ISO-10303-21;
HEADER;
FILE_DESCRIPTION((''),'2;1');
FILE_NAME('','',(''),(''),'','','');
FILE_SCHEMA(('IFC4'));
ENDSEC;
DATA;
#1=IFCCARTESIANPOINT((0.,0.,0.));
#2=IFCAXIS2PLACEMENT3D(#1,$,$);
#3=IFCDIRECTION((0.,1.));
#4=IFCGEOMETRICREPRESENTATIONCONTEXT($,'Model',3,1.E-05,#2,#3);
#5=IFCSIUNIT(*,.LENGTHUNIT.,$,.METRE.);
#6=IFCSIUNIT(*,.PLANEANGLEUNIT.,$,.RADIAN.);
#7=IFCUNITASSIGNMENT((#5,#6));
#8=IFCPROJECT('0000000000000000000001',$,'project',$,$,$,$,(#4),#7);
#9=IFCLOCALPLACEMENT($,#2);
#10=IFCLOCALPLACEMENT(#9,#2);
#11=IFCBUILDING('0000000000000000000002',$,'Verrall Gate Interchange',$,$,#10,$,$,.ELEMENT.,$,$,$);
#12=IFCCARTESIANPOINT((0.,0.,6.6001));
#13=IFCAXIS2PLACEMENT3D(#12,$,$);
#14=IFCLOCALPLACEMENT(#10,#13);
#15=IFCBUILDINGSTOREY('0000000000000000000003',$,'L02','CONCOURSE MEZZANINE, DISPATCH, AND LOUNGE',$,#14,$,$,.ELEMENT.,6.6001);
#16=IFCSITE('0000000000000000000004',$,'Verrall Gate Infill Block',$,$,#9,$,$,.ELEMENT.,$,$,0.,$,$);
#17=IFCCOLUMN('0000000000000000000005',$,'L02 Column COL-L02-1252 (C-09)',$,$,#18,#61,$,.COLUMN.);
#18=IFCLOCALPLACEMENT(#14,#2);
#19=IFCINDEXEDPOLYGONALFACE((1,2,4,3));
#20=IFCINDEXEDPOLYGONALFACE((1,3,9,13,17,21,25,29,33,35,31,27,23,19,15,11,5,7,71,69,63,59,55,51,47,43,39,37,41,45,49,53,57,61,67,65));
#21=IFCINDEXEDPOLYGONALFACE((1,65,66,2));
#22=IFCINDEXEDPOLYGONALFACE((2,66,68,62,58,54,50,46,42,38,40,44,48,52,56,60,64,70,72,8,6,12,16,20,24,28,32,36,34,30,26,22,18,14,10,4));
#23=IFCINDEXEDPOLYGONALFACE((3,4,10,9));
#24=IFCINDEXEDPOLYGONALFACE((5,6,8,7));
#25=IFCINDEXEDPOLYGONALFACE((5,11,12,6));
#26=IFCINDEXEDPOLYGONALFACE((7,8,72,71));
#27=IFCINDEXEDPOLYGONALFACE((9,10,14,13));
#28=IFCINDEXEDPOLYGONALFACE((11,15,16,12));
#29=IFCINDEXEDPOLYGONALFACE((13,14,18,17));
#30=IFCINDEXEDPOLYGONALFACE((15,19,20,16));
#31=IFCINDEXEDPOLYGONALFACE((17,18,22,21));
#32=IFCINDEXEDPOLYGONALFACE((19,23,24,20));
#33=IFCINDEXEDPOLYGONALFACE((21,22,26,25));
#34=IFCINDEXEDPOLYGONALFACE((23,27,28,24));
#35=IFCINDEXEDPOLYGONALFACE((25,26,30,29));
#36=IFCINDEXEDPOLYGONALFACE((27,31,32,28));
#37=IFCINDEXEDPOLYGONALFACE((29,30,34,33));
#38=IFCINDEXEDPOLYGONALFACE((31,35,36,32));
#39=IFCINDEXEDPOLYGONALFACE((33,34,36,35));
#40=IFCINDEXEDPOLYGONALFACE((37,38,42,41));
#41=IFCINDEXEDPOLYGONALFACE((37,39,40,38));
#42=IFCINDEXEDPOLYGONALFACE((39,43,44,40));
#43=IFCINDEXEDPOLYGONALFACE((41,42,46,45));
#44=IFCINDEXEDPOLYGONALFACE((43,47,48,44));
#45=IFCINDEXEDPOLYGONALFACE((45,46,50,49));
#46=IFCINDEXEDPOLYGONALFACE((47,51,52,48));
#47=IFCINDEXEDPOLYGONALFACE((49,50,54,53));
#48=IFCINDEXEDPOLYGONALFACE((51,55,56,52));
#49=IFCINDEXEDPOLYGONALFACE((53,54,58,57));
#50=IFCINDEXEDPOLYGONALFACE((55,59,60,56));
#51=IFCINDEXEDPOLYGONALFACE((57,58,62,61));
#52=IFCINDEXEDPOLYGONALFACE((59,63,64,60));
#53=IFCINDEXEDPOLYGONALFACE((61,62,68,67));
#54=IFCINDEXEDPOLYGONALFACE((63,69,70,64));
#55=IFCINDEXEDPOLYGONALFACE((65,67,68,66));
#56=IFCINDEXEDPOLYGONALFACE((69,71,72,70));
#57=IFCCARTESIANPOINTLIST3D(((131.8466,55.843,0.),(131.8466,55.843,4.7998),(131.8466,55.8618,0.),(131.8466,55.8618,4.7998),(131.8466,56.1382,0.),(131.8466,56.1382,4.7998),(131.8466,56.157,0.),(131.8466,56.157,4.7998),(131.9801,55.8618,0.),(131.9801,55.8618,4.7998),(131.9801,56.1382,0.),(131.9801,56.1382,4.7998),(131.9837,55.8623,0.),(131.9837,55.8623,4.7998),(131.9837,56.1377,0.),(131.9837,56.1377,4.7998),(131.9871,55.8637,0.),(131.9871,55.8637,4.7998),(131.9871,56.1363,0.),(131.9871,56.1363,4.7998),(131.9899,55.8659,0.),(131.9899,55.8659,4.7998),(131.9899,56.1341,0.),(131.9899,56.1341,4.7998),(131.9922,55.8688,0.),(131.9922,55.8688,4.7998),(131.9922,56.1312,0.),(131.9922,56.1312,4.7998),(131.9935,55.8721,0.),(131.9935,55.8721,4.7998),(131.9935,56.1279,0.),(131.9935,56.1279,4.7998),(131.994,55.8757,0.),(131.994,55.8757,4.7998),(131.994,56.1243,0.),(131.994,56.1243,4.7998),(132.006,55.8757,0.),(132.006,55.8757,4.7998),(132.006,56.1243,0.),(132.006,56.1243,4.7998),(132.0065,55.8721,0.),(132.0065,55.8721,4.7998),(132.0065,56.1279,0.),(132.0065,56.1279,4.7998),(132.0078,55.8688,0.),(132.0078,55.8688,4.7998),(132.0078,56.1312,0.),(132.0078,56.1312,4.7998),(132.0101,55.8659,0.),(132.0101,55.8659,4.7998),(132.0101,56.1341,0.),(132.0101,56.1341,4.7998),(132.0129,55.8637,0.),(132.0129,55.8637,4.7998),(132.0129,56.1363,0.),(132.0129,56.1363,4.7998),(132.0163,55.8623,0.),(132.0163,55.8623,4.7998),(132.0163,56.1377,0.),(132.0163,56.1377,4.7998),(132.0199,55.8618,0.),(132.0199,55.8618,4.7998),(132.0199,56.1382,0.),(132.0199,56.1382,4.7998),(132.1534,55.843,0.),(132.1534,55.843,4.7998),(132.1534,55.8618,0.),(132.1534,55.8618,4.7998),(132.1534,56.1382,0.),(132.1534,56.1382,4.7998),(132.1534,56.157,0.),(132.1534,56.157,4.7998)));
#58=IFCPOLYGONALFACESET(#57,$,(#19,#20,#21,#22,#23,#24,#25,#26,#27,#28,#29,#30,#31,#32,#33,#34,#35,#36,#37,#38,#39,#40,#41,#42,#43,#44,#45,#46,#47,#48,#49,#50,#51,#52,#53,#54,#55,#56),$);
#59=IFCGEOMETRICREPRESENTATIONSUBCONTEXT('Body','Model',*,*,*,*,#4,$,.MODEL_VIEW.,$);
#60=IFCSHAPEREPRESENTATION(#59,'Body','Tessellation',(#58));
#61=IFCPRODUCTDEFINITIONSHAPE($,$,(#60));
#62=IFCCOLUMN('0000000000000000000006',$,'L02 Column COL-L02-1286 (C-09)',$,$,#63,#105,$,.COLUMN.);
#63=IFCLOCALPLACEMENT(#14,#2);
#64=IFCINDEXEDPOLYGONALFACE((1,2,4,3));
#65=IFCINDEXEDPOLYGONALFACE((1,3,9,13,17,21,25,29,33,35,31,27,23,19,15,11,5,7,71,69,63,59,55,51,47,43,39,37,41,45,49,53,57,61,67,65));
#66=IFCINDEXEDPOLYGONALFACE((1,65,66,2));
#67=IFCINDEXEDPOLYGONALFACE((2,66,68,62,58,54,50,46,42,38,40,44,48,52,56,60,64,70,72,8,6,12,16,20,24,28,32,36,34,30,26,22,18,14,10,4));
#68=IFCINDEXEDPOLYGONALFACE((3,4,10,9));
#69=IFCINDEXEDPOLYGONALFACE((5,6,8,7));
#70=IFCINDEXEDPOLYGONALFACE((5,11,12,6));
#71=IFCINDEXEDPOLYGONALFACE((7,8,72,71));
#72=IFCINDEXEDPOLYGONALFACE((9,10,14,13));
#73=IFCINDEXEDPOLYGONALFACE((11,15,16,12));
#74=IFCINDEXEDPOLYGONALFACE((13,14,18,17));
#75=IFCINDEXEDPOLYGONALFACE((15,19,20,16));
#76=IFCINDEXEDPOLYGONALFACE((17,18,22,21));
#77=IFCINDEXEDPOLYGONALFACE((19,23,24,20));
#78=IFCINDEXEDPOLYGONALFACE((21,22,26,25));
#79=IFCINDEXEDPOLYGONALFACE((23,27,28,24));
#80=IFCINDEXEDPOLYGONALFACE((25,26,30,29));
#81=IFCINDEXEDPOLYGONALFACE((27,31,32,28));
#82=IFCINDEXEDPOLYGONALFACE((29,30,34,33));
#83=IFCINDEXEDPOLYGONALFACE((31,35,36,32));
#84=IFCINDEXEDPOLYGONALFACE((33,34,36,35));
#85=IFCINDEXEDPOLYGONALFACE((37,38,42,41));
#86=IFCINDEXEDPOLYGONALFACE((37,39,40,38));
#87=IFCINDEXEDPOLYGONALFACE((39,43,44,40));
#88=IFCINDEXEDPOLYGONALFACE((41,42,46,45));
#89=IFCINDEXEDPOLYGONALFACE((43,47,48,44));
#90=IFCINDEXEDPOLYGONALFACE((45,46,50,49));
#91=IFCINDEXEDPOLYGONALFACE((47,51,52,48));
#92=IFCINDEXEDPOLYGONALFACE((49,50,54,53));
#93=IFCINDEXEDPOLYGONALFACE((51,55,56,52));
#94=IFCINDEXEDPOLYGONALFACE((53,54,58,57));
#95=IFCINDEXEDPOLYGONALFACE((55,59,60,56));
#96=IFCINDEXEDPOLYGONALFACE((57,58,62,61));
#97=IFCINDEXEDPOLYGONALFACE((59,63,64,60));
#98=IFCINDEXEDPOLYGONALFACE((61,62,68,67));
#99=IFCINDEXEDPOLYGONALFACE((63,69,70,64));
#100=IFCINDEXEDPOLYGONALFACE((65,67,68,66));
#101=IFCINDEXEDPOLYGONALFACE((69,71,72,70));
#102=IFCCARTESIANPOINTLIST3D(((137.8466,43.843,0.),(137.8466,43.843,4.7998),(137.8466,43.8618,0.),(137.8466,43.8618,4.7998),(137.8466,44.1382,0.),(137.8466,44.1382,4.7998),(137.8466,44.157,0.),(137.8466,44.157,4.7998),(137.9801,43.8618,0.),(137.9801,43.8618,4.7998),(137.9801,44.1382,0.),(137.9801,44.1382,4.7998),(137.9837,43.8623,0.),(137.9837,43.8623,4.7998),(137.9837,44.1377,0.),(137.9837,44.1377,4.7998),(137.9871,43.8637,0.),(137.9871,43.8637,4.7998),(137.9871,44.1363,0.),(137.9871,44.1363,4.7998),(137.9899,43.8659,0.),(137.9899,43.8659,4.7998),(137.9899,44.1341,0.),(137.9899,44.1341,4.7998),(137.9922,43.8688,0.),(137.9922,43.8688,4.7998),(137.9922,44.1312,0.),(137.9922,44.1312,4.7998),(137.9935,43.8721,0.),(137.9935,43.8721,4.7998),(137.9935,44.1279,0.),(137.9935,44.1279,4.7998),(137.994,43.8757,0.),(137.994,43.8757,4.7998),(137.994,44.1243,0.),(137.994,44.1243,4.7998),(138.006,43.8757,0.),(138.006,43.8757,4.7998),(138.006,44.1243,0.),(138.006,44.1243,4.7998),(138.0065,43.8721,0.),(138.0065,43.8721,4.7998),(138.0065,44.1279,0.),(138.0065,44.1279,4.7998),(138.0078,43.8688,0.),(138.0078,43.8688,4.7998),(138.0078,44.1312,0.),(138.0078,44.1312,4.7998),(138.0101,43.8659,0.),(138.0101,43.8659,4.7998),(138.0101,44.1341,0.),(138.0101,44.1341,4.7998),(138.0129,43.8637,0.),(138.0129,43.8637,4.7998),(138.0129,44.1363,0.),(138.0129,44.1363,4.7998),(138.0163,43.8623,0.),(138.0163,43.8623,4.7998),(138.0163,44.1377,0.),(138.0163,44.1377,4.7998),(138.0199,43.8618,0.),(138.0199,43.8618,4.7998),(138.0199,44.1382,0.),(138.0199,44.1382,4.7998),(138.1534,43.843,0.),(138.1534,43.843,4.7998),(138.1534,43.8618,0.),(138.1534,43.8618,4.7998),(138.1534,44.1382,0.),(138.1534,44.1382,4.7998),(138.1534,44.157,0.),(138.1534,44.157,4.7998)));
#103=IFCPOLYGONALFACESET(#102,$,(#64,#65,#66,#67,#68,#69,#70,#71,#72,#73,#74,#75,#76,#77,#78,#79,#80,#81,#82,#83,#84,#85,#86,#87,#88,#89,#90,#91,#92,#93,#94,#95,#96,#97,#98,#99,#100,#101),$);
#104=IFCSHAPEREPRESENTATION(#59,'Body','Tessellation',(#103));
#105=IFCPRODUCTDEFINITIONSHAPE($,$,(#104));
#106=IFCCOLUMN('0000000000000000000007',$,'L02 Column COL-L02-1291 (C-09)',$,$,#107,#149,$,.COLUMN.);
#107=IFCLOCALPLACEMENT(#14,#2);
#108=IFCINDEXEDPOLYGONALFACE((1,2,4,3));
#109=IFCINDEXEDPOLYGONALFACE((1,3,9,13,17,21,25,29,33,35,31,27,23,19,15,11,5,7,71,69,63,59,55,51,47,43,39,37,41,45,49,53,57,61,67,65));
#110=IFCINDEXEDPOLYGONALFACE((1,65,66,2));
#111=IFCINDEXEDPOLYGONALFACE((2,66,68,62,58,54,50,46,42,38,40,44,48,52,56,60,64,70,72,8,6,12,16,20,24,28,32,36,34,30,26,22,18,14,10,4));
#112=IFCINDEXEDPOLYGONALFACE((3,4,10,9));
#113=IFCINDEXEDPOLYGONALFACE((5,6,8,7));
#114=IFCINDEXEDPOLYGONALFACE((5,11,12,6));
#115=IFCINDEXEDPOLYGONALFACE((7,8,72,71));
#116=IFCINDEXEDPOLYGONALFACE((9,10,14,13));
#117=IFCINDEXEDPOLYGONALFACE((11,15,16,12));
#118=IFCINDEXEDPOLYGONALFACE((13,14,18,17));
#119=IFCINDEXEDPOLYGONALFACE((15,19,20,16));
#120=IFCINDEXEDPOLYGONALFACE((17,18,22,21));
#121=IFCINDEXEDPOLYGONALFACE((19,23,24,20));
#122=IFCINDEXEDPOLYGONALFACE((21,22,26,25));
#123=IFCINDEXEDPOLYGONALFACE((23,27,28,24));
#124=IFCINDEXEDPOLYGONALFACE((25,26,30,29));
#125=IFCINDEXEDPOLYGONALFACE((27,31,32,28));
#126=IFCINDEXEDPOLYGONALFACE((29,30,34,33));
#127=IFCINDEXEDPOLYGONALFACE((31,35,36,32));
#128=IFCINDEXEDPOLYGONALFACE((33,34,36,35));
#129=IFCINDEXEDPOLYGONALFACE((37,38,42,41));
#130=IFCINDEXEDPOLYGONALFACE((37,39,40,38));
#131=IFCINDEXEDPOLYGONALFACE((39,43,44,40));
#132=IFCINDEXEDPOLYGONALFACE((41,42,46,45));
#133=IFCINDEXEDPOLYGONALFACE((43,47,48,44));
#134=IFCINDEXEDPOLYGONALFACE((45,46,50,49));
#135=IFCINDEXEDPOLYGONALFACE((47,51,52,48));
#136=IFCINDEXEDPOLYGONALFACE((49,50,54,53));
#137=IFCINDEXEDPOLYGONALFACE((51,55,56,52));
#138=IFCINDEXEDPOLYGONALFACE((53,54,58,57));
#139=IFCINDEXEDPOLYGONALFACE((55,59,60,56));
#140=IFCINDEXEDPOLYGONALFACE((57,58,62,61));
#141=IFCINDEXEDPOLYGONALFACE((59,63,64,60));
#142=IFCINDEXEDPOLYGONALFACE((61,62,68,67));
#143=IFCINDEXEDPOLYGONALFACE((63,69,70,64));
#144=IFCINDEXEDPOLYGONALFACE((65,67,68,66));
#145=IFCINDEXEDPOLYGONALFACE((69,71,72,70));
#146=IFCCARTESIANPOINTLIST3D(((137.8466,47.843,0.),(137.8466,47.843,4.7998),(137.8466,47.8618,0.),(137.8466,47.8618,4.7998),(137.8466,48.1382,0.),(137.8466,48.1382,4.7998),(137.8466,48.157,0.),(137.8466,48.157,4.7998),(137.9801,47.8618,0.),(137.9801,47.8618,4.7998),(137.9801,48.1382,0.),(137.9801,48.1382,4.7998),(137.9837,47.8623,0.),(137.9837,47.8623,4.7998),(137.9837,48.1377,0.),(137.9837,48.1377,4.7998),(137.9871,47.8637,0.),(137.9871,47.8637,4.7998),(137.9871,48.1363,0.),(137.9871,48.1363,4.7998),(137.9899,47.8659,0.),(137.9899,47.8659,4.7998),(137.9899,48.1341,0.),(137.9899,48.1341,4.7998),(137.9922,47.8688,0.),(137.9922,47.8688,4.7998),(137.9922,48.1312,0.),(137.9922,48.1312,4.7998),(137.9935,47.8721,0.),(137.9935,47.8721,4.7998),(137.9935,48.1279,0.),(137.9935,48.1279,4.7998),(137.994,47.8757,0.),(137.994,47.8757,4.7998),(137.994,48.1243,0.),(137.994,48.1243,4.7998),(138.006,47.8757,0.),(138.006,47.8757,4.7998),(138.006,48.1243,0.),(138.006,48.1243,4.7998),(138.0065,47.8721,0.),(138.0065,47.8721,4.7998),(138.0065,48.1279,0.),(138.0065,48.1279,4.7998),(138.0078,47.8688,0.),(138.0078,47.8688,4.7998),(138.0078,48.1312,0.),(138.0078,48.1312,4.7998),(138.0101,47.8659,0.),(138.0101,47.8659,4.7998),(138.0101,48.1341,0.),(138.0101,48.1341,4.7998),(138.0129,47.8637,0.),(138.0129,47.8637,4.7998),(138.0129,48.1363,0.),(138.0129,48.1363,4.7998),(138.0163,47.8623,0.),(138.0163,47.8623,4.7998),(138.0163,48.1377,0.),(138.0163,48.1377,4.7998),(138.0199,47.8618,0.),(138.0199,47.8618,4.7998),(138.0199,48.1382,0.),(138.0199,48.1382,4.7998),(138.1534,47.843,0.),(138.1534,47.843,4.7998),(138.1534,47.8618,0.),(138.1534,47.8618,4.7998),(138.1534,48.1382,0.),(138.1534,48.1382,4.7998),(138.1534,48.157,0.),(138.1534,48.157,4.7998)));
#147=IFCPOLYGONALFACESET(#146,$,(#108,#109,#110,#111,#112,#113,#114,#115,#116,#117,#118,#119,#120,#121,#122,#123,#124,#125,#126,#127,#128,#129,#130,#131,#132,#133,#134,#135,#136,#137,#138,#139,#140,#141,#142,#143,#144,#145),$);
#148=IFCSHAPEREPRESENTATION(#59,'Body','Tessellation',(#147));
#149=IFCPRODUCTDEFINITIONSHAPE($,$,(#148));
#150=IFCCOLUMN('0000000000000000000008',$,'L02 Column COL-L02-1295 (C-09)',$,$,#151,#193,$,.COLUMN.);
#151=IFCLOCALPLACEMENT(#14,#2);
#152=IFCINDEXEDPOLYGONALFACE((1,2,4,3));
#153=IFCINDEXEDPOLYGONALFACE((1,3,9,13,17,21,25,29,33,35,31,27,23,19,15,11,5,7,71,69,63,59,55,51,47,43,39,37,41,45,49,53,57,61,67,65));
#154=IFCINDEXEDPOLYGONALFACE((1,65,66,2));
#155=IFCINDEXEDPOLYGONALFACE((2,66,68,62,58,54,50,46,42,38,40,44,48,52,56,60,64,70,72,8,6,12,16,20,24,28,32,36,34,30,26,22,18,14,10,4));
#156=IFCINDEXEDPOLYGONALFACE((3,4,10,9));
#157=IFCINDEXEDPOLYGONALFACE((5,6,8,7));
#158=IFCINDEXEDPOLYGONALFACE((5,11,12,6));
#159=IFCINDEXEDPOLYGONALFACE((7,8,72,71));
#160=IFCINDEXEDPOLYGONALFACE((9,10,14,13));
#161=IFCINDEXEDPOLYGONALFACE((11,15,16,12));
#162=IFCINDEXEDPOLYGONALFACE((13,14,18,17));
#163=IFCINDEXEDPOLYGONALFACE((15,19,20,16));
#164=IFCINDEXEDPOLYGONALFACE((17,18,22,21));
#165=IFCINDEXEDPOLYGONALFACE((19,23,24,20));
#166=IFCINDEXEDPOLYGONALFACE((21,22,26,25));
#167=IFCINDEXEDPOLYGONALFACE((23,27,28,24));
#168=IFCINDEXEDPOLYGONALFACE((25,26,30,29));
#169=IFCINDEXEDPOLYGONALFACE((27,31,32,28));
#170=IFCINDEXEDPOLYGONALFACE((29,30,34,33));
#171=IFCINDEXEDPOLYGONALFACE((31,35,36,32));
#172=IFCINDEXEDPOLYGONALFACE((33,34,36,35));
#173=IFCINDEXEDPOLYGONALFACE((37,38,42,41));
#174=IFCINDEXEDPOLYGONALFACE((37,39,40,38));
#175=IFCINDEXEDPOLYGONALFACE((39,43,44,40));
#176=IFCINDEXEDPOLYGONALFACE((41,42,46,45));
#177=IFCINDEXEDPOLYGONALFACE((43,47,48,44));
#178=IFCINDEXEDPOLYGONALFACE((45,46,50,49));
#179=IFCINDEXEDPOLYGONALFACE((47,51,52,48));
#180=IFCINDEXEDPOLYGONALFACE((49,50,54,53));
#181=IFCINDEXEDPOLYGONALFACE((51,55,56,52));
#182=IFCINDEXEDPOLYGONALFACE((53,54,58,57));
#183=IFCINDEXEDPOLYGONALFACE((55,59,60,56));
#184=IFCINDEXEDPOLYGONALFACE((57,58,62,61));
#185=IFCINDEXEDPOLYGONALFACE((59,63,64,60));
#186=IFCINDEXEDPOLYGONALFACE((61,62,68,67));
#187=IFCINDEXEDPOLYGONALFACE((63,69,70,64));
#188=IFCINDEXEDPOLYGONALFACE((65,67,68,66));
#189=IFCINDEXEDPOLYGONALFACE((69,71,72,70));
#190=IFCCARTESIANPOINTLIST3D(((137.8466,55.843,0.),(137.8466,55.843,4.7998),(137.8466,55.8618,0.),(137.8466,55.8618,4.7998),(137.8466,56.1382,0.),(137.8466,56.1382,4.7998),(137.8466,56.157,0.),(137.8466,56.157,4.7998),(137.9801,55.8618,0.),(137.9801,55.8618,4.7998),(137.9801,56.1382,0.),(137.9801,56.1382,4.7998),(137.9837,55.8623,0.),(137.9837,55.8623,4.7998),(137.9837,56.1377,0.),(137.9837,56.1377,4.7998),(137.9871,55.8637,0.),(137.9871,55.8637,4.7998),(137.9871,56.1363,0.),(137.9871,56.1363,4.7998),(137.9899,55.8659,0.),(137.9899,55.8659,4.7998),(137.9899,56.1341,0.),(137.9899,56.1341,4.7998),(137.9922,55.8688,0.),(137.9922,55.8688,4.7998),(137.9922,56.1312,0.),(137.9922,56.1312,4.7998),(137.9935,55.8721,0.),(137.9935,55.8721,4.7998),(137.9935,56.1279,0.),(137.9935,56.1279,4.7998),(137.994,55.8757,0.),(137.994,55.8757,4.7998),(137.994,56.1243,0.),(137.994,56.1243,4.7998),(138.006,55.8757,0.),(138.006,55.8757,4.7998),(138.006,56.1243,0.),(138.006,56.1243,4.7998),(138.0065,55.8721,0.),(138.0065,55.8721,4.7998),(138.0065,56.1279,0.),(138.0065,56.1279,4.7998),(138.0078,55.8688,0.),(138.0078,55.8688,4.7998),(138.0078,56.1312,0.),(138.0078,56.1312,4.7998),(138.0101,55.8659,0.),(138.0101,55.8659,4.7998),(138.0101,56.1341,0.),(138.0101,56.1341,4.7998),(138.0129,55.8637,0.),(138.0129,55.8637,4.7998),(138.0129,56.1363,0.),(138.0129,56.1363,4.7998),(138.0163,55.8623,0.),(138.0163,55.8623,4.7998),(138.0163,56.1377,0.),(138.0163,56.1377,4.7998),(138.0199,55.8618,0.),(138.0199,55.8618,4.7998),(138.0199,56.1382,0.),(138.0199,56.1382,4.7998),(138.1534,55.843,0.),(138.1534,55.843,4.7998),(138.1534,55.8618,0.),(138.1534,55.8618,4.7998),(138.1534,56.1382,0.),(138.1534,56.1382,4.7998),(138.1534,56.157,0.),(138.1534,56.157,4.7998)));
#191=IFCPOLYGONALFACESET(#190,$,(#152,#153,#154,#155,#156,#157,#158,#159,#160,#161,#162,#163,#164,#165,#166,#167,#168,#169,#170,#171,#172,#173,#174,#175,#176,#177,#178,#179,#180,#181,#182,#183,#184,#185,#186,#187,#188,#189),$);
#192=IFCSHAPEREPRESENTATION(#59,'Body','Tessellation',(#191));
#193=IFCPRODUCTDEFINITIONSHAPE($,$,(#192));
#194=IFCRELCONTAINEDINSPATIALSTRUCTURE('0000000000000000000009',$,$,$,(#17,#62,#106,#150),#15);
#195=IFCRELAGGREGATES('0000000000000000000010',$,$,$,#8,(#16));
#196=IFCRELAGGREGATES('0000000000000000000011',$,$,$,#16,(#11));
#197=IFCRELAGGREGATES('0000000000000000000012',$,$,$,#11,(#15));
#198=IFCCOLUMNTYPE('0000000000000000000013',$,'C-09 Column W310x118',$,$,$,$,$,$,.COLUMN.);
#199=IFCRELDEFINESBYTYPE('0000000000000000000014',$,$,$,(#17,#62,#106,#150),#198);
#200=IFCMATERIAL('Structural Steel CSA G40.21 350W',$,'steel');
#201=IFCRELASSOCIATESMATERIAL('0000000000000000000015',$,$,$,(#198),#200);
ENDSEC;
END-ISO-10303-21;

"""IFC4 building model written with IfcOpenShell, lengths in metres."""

from ifc_helpers import new_model, si_unit, direction, frame, origin, origin_2d, place, context, subcontext, project, spatial, i_section, extrude, material, material_profile, profile_set, type_object, element, save


model = new_model("IFC4")

# Units and contexts
model_context = context("Model", 3, precision=1e-05, world=origin(), true_north=direction((0.0, 1.0)))
body_context = subcontext(model_context, "Body", "Model", "MODEL_VIEW")
ifc_project = project(units=[si_unit("LENGTHUNIT", "METRE"), si_unit("PLANEANGLEUNIT", "RADIAN")], contexts=[model_context])

# Site, building, storey
site_placement = place(None, origin())
site = spatial("IfcSite", under=ifc_project, at=site_placement, Name="Verrall Gate Infill Block", CompositionType="ELEMENT", RefElevation=0.0)
building_placement = place(site_placement, origin())
building = spatial("IfcBuilding", under=site, at=building_placement, Name="Verrall Gate Interchange", CompositionType="ELEMENT")
storey_placement = place(building_placement, frame((0.0, 0.0, 6.6001)))
storey = spatial("IfcBuildingStorey", under=building, at=storey_placement, Name="L02", Description="CONCOURSE MEZZANINE, DISPATCH, AND LOUNGE", CompositionType="ELEMENT", Elevation=6.6001)

# Columns
ifc_material_1 = material(Name="Structural Steel CSA G40.21 350W", Category="steel")
ifc_material_profile_1 = material_profile(ifc_material_1, i_section(OverallWidth=0.3069, OverallDepth=0.314, WebThickness=0.012, FlangeThickness=0.0188, FilletRadius=0.0139, at=origin_2d()), Name="W310x118")
ifc_profile_set_1 = profile_set([ifc_material_profile_1], Name="Structural Steel CSA G40.21 350W")
column_type = type_object("IfcColumnType", Name="C-09 Column W310x118", PredefinedType="COLUMN", material=ifc_profile_set_1)
for number, where, z_axis, x_axis, name in (
    (1, (132.0, 56.0, 0.0), (0.0, 0.0, 1.0), (1.0, 0.0, 0.0), "L02 Column COL-L02-1252 (C-09)"),
    (2, (138.0, 44.0, 0.0), (0.0, 0.0, 1.0), (1.0, 0.0, 0.0), "L02 Column COL-L02-1286 (C-09)"),
    (3, (138.0, 48.0, 0.0), (0.0, 0.0, 1.0), (1.0, 0.0, 0.0), "L02 Column COL-L02-1291 (C-09)"),
    (4, (138.0, 56.0, 0.0), (0.0, 0.0, 1.0), (1.0, 0.0, 0.0), "L02 Column COL-L02-1295 (C-09)"),
):
    element("IfcColumn", number, at=place(storey_placement, frame(where, z_axis=z_axis, x_axis=x_axis)), inside=storey, type_object=column_type, Name=name, PredefinedType="COLUMN", context=body_context, shape_type="SweptSolid", body=[
        extrude(i_section(OverallWidth=0.3069, OverallDepth=0.314, WebThickness=0.012, FlangeThickness=0.0188, FilletRadius=0.0139, at=origin_2d()), origin(), (0.0, 0.0, 1.0), 4.7998),
    ])

save(model, "model.ifc")
